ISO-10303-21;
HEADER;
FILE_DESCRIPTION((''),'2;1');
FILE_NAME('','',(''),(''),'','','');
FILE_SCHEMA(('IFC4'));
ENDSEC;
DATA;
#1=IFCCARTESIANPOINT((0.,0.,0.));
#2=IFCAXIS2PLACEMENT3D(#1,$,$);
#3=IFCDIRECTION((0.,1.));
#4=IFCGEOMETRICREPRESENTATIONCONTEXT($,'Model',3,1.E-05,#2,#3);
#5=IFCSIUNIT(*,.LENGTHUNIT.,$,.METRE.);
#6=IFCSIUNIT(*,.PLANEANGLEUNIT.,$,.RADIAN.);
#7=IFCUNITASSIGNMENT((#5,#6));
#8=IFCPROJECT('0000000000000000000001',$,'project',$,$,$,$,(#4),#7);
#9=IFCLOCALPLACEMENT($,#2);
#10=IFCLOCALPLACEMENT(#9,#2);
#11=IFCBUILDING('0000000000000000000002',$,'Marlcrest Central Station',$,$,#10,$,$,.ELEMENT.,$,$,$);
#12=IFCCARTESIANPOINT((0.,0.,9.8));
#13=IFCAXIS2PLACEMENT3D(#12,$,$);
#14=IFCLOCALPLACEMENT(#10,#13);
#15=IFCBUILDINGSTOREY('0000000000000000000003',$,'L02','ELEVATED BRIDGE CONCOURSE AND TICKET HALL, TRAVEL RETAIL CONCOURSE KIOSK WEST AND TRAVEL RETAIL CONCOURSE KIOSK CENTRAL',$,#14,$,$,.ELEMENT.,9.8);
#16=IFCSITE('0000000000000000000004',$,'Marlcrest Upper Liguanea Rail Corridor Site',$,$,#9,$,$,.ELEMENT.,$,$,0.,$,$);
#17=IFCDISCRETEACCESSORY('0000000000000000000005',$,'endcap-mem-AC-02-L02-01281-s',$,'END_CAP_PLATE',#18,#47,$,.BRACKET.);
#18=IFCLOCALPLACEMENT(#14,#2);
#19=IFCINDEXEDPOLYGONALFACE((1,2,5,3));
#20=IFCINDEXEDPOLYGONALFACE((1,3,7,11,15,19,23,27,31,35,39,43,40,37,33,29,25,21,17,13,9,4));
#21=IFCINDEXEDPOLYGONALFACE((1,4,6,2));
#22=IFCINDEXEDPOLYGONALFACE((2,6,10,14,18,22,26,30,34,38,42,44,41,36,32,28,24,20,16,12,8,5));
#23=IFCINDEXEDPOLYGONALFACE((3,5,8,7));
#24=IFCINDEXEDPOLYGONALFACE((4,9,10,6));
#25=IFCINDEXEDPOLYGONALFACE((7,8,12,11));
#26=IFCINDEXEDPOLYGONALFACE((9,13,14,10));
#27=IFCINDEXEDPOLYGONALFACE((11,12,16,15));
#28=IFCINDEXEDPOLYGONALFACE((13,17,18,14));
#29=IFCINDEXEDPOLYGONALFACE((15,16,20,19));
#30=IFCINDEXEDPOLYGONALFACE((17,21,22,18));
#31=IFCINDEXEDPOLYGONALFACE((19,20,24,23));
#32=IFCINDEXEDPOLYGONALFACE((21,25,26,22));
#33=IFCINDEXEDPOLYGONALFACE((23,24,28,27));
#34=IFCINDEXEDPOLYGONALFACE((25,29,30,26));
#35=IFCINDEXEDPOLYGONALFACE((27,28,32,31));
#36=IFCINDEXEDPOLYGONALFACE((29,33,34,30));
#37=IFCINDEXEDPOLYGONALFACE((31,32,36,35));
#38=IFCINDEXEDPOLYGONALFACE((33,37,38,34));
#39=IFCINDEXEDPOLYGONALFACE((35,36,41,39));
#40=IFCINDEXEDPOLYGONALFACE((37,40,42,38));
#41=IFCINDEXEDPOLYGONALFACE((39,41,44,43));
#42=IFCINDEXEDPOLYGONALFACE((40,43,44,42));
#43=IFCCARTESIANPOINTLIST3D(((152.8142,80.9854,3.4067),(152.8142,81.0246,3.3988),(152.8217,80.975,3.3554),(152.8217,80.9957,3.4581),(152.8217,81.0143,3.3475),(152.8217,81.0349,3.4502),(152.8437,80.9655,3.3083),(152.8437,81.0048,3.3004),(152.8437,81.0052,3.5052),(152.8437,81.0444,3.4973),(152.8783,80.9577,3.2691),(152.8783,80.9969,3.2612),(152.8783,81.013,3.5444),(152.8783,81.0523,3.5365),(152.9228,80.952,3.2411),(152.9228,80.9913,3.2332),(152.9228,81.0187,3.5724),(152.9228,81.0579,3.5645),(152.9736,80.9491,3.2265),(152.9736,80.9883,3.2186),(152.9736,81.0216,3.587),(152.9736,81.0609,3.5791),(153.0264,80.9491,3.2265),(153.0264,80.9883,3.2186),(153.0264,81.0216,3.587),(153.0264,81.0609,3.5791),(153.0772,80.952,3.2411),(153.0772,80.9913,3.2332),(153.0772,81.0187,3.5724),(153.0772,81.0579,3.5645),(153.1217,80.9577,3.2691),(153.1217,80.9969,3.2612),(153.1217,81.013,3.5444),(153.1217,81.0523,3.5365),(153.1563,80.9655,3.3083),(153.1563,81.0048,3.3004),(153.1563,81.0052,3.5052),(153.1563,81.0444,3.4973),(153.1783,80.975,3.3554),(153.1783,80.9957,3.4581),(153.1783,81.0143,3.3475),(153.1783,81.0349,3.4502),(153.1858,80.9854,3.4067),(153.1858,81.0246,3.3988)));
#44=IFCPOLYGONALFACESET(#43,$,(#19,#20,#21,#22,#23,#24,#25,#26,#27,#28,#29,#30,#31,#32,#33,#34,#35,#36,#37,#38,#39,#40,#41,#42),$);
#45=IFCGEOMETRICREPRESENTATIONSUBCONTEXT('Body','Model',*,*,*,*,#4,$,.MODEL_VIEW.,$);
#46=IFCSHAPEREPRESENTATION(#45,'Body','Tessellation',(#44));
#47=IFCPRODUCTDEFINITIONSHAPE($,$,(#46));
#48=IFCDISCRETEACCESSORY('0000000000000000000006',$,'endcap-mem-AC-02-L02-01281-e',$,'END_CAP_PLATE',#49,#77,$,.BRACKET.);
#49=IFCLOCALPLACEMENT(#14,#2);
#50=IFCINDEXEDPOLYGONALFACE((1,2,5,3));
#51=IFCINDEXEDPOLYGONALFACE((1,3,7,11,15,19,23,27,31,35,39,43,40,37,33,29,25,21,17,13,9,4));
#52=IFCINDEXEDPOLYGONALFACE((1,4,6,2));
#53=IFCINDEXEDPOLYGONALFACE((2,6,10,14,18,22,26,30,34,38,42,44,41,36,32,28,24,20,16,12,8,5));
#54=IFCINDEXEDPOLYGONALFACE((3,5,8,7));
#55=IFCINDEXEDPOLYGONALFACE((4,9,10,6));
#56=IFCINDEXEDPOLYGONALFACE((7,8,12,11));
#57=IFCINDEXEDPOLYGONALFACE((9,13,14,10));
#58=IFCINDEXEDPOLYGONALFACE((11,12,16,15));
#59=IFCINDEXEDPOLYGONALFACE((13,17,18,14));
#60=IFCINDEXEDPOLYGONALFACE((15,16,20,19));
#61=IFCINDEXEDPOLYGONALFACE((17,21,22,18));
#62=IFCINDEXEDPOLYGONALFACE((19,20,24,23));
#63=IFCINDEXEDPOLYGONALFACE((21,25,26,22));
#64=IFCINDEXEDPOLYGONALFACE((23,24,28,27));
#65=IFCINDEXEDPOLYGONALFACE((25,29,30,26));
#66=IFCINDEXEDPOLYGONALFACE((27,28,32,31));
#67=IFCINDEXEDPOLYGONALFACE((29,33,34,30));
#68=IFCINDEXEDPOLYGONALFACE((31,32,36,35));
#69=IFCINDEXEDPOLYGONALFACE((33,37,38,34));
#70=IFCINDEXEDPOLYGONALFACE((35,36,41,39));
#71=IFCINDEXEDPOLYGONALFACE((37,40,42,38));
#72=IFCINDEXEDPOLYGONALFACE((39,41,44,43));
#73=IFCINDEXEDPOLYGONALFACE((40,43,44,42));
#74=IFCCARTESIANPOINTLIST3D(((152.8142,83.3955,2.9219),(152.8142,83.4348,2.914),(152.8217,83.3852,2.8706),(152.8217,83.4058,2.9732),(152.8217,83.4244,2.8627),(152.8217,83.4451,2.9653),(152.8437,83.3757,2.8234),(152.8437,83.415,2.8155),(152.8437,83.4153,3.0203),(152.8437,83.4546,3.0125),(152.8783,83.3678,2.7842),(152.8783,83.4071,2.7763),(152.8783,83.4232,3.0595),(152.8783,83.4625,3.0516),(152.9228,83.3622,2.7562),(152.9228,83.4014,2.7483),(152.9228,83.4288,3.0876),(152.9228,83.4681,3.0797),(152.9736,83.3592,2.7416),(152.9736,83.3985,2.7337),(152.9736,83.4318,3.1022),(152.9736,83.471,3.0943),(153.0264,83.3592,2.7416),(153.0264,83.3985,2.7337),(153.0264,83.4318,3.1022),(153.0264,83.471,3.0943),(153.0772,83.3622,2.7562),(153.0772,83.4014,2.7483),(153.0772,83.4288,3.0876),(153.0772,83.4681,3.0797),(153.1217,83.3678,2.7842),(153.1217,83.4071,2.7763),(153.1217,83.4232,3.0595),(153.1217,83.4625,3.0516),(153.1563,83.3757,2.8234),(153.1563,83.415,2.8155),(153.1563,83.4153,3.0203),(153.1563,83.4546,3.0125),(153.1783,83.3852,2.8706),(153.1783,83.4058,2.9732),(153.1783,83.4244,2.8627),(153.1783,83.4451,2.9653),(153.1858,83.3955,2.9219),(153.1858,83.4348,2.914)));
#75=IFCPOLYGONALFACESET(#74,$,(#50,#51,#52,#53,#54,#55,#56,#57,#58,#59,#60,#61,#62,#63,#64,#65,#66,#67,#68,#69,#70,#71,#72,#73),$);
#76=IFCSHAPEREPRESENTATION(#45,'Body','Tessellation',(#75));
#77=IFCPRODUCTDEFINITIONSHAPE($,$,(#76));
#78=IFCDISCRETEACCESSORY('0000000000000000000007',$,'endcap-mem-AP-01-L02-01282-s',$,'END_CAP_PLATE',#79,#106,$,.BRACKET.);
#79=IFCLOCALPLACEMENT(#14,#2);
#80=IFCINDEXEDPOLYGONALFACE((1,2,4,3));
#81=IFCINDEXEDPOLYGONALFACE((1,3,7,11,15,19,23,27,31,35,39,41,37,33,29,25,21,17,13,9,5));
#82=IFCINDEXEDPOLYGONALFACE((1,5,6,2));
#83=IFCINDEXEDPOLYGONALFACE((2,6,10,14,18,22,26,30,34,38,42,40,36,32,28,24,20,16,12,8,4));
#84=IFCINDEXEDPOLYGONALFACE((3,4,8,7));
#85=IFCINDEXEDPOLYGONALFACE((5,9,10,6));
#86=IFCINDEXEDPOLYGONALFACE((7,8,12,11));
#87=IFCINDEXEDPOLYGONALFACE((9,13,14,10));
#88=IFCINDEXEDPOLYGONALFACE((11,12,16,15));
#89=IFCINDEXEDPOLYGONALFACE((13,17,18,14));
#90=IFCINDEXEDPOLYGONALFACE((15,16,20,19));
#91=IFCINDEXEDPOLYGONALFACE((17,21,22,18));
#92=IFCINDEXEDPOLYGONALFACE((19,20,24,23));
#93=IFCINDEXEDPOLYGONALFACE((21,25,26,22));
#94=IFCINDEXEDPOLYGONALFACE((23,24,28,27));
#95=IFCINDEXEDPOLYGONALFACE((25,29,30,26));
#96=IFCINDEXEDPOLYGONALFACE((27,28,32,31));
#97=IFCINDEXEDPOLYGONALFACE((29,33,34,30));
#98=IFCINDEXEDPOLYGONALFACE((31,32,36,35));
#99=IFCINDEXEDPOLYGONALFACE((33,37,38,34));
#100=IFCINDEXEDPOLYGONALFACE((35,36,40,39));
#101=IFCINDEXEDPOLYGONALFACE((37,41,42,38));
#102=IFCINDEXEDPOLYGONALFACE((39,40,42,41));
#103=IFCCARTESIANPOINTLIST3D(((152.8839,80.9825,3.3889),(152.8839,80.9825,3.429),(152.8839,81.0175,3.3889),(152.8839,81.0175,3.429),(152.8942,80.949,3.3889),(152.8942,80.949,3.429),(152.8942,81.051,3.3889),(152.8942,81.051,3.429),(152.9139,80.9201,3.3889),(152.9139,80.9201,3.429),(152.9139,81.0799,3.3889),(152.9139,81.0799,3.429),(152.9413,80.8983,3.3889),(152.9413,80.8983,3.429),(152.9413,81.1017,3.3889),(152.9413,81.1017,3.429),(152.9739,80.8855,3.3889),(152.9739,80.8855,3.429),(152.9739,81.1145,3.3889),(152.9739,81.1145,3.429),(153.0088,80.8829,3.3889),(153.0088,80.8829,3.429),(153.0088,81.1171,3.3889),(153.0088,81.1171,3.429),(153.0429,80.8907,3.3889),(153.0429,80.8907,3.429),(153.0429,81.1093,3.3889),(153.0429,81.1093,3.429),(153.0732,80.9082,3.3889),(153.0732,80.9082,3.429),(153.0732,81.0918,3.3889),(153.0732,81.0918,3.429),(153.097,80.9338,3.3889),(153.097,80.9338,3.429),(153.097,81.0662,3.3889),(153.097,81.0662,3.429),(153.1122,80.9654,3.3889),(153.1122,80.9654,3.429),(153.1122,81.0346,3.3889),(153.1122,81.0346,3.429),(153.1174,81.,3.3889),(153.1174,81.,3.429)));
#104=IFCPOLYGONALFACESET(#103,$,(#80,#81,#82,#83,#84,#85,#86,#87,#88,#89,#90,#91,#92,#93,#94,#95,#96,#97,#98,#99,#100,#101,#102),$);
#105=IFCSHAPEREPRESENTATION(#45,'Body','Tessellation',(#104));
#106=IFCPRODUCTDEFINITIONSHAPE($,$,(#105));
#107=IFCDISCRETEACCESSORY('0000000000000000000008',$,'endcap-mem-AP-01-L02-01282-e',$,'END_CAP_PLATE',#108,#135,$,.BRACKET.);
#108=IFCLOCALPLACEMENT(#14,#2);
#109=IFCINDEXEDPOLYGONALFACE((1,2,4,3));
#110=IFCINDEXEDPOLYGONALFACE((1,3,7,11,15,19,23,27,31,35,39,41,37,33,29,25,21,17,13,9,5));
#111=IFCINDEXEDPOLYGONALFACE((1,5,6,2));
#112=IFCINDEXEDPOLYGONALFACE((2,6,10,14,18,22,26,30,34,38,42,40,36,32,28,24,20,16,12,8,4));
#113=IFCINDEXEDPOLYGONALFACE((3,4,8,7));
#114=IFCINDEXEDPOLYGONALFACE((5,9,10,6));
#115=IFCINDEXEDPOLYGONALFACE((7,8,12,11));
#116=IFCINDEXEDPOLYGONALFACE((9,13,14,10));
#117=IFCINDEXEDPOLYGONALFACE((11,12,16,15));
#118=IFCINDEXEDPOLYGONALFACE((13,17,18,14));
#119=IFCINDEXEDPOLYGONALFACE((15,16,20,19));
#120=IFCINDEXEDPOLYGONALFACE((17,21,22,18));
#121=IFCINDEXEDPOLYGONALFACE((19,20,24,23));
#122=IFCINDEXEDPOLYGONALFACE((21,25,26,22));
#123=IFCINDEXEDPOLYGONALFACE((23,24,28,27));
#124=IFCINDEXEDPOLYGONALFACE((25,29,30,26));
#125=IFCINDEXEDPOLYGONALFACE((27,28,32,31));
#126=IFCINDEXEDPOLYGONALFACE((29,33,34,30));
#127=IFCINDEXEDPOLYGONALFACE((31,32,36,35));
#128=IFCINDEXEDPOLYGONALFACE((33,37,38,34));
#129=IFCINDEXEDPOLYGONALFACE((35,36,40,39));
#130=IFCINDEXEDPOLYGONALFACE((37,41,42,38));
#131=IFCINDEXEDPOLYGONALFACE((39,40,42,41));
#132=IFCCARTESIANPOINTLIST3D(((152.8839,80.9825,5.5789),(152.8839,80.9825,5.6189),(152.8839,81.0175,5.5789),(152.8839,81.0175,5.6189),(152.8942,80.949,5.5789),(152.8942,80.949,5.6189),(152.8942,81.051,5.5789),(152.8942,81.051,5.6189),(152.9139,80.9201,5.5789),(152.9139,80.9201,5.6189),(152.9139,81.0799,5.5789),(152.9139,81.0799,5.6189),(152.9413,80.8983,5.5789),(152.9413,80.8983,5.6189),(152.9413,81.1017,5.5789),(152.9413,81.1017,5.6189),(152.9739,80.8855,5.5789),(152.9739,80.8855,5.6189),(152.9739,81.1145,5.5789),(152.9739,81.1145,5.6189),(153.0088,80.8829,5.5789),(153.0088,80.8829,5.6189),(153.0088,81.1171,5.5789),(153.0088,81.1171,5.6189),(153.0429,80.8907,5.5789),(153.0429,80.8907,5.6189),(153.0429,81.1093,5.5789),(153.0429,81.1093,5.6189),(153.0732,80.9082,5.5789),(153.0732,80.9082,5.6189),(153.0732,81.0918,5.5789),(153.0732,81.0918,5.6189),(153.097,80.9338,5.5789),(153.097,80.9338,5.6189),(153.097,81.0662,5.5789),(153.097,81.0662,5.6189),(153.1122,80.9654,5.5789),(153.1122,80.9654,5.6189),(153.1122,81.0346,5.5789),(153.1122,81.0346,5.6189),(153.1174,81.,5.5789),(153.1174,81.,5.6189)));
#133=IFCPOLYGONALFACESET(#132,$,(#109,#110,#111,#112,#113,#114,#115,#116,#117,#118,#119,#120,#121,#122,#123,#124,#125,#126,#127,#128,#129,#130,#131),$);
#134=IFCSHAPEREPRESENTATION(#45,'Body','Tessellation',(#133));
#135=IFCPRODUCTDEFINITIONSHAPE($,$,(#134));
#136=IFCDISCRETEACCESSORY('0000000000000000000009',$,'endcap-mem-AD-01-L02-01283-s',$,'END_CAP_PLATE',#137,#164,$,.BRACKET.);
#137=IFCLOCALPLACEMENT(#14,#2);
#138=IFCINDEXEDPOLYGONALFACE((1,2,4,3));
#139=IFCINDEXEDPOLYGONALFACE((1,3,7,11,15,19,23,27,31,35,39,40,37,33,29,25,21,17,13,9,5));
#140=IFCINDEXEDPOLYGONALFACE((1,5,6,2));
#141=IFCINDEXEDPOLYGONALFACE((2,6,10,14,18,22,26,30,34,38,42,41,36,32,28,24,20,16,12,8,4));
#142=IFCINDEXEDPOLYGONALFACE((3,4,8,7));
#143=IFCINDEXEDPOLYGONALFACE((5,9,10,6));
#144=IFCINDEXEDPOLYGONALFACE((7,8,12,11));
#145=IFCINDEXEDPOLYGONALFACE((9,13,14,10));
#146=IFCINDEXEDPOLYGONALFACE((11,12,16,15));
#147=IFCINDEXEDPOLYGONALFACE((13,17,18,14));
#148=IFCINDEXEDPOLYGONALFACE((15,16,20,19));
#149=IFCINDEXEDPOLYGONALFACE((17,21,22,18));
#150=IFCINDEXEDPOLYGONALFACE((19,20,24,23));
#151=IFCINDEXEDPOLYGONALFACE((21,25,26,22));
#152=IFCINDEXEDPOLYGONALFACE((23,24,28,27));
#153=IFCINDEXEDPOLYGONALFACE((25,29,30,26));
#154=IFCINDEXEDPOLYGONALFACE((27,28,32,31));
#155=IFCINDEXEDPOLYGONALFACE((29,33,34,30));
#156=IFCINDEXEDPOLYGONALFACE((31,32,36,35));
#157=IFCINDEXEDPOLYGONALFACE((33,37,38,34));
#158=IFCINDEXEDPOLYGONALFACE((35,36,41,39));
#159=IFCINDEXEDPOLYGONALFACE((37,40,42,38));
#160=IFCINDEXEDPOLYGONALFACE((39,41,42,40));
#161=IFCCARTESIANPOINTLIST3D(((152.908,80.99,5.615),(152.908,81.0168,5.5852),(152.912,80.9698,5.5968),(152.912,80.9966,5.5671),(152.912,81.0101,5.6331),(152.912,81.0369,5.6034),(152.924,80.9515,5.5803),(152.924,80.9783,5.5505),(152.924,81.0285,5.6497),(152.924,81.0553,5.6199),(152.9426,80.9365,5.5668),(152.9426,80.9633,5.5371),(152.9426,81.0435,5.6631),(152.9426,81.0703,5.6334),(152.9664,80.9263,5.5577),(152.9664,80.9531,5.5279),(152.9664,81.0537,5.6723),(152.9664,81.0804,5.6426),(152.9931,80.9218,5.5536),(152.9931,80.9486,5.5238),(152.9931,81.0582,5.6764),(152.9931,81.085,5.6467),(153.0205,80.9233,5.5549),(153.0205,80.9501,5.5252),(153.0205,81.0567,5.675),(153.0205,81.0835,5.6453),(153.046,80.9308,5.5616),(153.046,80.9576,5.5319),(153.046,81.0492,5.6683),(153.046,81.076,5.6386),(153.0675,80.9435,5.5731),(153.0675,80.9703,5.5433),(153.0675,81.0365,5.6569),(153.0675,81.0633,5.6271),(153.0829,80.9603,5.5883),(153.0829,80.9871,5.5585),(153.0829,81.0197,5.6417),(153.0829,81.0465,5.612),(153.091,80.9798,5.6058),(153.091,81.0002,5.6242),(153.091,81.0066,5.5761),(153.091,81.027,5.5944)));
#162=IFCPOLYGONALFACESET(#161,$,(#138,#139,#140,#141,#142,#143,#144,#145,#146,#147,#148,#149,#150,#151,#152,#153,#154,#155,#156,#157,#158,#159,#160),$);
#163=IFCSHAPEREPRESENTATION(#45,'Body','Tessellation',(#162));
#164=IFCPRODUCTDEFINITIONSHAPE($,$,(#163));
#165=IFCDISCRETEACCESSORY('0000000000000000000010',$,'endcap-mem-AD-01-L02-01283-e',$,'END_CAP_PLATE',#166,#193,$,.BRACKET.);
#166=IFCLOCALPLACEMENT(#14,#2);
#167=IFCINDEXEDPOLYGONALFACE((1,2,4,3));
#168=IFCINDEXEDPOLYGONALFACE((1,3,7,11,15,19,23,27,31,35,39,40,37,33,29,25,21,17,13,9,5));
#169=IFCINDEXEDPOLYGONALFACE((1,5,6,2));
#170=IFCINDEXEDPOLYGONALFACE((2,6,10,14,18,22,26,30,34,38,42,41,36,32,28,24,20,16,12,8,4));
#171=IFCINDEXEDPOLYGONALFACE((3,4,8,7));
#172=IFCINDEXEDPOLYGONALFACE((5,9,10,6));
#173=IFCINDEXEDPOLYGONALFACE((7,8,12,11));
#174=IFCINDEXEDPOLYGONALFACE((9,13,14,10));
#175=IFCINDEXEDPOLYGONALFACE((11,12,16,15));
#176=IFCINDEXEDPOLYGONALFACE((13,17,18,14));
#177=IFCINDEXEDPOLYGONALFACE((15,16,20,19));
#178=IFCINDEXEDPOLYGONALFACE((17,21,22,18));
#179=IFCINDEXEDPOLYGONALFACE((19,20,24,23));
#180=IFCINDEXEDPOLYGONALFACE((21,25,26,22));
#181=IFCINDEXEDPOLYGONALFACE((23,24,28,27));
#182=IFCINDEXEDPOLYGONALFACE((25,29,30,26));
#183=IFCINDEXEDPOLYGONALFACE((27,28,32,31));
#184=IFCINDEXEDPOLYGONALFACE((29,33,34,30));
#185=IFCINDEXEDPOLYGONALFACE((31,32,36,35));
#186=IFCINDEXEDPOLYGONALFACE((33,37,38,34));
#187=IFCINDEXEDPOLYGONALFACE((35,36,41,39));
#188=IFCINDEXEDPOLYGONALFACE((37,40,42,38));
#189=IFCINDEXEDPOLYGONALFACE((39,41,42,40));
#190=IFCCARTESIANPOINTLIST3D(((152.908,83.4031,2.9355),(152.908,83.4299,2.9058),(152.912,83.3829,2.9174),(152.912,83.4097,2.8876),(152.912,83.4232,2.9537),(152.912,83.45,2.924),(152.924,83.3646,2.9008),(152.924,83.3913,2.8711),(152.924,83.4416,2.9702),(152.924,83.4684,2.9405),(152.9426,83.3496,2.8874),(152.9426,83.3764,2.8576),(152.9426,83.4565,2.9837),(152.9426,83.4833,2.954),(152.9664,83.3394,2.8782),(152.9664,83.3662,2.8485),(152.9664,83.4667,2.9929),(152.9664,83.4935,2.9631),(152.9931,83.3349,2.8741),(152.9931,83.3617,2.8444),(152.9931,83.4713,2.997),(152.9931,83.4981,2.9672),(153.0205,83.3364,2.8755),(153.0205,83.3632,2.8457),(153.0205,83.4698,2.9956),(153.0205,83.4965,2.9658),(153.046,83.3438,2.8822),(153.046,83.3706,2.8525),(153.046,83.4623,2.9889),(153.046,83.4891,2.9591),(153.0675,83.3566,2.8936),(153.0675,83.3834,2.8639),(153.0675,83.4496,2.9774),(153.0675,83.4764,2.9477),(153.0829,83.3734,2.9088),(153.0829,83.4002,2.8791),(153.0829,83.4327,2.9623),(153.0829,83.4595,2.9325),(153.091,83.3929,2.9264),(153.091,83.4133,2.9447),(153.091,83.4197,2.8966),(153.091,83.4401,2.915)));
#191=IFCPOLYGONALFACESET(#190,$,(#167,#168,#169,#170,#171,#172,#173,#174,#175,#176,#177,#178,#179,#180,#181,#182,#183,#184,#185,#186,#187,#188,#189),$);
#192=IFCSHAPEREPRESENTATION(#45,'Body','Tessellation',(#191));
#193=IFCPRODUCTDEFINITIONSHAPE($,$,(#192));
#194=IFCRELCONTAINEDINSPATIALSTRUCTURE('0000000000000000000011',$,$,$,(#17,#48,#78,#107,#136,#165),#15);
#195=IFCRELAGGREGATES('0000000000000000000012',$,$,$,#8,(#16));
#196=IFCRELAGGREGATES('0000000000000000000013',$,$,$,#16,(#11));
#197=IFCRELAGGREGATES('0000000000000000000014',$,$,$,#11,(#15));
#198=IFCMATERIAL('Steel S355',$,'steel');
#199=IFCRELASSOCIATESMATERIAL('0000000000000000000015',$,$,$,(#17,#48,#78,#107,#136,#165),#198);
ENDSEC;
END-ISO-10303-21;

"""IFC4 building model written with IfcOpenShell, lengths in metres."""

from ifc_helpers import new_model, si_unit, direction, frame, origin, origin_2d, place, context, subcontext, project, spatial, circle, extrude, material, element, save


model = new_model("IFC4")

# Units and contexts
model_context = context("Model", 3, precision=1e-05, world=origin(), true_north=direction((0.0, 1.0)))
body_context = subcontext(model_context, "Body", "Model", "MODEL_VIEW")
ifc_project = project(units=[si_unit("LENGTHUNIT", "METRE"), si_unit("PLANEANGLEUNIT", "RADIAN")], contexts=[model_context])

# Site, building, storey
site_placement = place(None, origin())
site = spatial("IfcSite", under=ifc_project, at=site_placement, Name="Marlcrest Upper Liguanea Rail Corridor Site", CompositionType="ELEMENT", RefElevation=0.0)
building_placement = place(site_placement, origin())
building = spatial("IfcBuilding", under=site, at=building_placement, Name="Marlcrest Central Station", CompositionType="ELEMENT")
storey_placement = place(building_placement, frame((0.0, 0.0, 9.8)))
storey = spatial("IfcBuildingStorey", under=building, at=storey_placement, Name="L02", Description="ELEVATED BRIDGE CONCOURSE AND TICKET HALL, TRAVEL RETAIL CONCOURSE KIOSK WEST AND TRAVEL RETAIL CONCOURSE KIOSK CENTRAL", CompositionType="ELEMENT", Elevation=9.8)

# Shared definitions
ifc_material_1 = material(Name="Steel S355", Category="steel")

# Discrete accessories
for number, where, z_axis, x_axis, name in (
    (1, (153.0, 80.9854, 3.4067), (0.0, 0.980359, -0.197219), (-1.0, 0.0, 0.0), "endcap-mem-AC-02-L02-01281-s"),
    (2, (153.0, 83.3955, 2.9219), (0.0, 0.980359, -0.197219), (-1.0, 0.0, 0.0), "endcap-mem-AC-02-L02-01281-e"),
):
    element("IfcDiscreteAccessory", number, at=place(storey_placement, frame(where, z_axis=z_axis, x_axis=x_axis)), inside=storey, material=ifc_material_1, Name=name, ObjectType="END_CAP_PLATE", PredefinedType="BRACKET", context=body_context, shape_type="SweptSolid", body=[
        extrude(circle(Radius=0.1858, at=origin_2d()), origin(), (0.0, 0.0, 1.0), 0.04),
    ])
for number, where, z_axis, x_axis, name in (
    (3, (153.0, 81.0, 3.3889), (0.0, 0.0, 1.0), (1.0, 0.0, 0.0), "endcap-mem-AP-01-L02-01282-s"),
    (4, (153.0, 81.0, 5.5789), (0.0, 0.0, 1.0), (1.0, 0.0, 0.0), "endcap-mem-AP-01-L02-01282-e"),
):
    element("IfcDiscreteAccessory", number, at=place(storey_placement, frame(where, z_axis=z_axis, x_axis=x_axis)), inside=storey, material=ifc_material_1, Name=name, ObjectType="END_CAP_PLATE", PredefinedType="BRACKET", context=body_context, shape_type="SweptSolid", body=[
        extrude(circle(Radius=0.1174, at=origin_2d()), origin(), (0.0, 0.0, 1.0), 0.04),
    ])
for number, where, z_axis, x_axis, name in (
    (5, (153.0, 80.99, 5.615), (0.0, 0.669244, -0.743042), (-1.0, 0.0, 0.0), "endcap-mem-AD-01-L02-01283-s"),
    (6, (153.0, 83.4031, 2.9355), (0.0, 0.669244, -0.743042), (-1.0, 0.0, 0.0), "endcap-mem-AD-01-L02-01283-e"),
):
    element("IfcDiscreteAccessory", number, at=place(storey_placement, frame(where, z_axis=z_axis, x_axis=x_axis)), inside=storey, material=ifc_material_1, Name=name, ObjectType="END_CAP_PLATE", PredefinedType="BRACKET", context=body_context, shape_type="SweptSolid", body=[
        extrude(circle(Radius=0.092, at=origin_2d()), origin(), (0.0, 0.0, 1.0), 0.04),
    ])

save(model, "model.ifc")
